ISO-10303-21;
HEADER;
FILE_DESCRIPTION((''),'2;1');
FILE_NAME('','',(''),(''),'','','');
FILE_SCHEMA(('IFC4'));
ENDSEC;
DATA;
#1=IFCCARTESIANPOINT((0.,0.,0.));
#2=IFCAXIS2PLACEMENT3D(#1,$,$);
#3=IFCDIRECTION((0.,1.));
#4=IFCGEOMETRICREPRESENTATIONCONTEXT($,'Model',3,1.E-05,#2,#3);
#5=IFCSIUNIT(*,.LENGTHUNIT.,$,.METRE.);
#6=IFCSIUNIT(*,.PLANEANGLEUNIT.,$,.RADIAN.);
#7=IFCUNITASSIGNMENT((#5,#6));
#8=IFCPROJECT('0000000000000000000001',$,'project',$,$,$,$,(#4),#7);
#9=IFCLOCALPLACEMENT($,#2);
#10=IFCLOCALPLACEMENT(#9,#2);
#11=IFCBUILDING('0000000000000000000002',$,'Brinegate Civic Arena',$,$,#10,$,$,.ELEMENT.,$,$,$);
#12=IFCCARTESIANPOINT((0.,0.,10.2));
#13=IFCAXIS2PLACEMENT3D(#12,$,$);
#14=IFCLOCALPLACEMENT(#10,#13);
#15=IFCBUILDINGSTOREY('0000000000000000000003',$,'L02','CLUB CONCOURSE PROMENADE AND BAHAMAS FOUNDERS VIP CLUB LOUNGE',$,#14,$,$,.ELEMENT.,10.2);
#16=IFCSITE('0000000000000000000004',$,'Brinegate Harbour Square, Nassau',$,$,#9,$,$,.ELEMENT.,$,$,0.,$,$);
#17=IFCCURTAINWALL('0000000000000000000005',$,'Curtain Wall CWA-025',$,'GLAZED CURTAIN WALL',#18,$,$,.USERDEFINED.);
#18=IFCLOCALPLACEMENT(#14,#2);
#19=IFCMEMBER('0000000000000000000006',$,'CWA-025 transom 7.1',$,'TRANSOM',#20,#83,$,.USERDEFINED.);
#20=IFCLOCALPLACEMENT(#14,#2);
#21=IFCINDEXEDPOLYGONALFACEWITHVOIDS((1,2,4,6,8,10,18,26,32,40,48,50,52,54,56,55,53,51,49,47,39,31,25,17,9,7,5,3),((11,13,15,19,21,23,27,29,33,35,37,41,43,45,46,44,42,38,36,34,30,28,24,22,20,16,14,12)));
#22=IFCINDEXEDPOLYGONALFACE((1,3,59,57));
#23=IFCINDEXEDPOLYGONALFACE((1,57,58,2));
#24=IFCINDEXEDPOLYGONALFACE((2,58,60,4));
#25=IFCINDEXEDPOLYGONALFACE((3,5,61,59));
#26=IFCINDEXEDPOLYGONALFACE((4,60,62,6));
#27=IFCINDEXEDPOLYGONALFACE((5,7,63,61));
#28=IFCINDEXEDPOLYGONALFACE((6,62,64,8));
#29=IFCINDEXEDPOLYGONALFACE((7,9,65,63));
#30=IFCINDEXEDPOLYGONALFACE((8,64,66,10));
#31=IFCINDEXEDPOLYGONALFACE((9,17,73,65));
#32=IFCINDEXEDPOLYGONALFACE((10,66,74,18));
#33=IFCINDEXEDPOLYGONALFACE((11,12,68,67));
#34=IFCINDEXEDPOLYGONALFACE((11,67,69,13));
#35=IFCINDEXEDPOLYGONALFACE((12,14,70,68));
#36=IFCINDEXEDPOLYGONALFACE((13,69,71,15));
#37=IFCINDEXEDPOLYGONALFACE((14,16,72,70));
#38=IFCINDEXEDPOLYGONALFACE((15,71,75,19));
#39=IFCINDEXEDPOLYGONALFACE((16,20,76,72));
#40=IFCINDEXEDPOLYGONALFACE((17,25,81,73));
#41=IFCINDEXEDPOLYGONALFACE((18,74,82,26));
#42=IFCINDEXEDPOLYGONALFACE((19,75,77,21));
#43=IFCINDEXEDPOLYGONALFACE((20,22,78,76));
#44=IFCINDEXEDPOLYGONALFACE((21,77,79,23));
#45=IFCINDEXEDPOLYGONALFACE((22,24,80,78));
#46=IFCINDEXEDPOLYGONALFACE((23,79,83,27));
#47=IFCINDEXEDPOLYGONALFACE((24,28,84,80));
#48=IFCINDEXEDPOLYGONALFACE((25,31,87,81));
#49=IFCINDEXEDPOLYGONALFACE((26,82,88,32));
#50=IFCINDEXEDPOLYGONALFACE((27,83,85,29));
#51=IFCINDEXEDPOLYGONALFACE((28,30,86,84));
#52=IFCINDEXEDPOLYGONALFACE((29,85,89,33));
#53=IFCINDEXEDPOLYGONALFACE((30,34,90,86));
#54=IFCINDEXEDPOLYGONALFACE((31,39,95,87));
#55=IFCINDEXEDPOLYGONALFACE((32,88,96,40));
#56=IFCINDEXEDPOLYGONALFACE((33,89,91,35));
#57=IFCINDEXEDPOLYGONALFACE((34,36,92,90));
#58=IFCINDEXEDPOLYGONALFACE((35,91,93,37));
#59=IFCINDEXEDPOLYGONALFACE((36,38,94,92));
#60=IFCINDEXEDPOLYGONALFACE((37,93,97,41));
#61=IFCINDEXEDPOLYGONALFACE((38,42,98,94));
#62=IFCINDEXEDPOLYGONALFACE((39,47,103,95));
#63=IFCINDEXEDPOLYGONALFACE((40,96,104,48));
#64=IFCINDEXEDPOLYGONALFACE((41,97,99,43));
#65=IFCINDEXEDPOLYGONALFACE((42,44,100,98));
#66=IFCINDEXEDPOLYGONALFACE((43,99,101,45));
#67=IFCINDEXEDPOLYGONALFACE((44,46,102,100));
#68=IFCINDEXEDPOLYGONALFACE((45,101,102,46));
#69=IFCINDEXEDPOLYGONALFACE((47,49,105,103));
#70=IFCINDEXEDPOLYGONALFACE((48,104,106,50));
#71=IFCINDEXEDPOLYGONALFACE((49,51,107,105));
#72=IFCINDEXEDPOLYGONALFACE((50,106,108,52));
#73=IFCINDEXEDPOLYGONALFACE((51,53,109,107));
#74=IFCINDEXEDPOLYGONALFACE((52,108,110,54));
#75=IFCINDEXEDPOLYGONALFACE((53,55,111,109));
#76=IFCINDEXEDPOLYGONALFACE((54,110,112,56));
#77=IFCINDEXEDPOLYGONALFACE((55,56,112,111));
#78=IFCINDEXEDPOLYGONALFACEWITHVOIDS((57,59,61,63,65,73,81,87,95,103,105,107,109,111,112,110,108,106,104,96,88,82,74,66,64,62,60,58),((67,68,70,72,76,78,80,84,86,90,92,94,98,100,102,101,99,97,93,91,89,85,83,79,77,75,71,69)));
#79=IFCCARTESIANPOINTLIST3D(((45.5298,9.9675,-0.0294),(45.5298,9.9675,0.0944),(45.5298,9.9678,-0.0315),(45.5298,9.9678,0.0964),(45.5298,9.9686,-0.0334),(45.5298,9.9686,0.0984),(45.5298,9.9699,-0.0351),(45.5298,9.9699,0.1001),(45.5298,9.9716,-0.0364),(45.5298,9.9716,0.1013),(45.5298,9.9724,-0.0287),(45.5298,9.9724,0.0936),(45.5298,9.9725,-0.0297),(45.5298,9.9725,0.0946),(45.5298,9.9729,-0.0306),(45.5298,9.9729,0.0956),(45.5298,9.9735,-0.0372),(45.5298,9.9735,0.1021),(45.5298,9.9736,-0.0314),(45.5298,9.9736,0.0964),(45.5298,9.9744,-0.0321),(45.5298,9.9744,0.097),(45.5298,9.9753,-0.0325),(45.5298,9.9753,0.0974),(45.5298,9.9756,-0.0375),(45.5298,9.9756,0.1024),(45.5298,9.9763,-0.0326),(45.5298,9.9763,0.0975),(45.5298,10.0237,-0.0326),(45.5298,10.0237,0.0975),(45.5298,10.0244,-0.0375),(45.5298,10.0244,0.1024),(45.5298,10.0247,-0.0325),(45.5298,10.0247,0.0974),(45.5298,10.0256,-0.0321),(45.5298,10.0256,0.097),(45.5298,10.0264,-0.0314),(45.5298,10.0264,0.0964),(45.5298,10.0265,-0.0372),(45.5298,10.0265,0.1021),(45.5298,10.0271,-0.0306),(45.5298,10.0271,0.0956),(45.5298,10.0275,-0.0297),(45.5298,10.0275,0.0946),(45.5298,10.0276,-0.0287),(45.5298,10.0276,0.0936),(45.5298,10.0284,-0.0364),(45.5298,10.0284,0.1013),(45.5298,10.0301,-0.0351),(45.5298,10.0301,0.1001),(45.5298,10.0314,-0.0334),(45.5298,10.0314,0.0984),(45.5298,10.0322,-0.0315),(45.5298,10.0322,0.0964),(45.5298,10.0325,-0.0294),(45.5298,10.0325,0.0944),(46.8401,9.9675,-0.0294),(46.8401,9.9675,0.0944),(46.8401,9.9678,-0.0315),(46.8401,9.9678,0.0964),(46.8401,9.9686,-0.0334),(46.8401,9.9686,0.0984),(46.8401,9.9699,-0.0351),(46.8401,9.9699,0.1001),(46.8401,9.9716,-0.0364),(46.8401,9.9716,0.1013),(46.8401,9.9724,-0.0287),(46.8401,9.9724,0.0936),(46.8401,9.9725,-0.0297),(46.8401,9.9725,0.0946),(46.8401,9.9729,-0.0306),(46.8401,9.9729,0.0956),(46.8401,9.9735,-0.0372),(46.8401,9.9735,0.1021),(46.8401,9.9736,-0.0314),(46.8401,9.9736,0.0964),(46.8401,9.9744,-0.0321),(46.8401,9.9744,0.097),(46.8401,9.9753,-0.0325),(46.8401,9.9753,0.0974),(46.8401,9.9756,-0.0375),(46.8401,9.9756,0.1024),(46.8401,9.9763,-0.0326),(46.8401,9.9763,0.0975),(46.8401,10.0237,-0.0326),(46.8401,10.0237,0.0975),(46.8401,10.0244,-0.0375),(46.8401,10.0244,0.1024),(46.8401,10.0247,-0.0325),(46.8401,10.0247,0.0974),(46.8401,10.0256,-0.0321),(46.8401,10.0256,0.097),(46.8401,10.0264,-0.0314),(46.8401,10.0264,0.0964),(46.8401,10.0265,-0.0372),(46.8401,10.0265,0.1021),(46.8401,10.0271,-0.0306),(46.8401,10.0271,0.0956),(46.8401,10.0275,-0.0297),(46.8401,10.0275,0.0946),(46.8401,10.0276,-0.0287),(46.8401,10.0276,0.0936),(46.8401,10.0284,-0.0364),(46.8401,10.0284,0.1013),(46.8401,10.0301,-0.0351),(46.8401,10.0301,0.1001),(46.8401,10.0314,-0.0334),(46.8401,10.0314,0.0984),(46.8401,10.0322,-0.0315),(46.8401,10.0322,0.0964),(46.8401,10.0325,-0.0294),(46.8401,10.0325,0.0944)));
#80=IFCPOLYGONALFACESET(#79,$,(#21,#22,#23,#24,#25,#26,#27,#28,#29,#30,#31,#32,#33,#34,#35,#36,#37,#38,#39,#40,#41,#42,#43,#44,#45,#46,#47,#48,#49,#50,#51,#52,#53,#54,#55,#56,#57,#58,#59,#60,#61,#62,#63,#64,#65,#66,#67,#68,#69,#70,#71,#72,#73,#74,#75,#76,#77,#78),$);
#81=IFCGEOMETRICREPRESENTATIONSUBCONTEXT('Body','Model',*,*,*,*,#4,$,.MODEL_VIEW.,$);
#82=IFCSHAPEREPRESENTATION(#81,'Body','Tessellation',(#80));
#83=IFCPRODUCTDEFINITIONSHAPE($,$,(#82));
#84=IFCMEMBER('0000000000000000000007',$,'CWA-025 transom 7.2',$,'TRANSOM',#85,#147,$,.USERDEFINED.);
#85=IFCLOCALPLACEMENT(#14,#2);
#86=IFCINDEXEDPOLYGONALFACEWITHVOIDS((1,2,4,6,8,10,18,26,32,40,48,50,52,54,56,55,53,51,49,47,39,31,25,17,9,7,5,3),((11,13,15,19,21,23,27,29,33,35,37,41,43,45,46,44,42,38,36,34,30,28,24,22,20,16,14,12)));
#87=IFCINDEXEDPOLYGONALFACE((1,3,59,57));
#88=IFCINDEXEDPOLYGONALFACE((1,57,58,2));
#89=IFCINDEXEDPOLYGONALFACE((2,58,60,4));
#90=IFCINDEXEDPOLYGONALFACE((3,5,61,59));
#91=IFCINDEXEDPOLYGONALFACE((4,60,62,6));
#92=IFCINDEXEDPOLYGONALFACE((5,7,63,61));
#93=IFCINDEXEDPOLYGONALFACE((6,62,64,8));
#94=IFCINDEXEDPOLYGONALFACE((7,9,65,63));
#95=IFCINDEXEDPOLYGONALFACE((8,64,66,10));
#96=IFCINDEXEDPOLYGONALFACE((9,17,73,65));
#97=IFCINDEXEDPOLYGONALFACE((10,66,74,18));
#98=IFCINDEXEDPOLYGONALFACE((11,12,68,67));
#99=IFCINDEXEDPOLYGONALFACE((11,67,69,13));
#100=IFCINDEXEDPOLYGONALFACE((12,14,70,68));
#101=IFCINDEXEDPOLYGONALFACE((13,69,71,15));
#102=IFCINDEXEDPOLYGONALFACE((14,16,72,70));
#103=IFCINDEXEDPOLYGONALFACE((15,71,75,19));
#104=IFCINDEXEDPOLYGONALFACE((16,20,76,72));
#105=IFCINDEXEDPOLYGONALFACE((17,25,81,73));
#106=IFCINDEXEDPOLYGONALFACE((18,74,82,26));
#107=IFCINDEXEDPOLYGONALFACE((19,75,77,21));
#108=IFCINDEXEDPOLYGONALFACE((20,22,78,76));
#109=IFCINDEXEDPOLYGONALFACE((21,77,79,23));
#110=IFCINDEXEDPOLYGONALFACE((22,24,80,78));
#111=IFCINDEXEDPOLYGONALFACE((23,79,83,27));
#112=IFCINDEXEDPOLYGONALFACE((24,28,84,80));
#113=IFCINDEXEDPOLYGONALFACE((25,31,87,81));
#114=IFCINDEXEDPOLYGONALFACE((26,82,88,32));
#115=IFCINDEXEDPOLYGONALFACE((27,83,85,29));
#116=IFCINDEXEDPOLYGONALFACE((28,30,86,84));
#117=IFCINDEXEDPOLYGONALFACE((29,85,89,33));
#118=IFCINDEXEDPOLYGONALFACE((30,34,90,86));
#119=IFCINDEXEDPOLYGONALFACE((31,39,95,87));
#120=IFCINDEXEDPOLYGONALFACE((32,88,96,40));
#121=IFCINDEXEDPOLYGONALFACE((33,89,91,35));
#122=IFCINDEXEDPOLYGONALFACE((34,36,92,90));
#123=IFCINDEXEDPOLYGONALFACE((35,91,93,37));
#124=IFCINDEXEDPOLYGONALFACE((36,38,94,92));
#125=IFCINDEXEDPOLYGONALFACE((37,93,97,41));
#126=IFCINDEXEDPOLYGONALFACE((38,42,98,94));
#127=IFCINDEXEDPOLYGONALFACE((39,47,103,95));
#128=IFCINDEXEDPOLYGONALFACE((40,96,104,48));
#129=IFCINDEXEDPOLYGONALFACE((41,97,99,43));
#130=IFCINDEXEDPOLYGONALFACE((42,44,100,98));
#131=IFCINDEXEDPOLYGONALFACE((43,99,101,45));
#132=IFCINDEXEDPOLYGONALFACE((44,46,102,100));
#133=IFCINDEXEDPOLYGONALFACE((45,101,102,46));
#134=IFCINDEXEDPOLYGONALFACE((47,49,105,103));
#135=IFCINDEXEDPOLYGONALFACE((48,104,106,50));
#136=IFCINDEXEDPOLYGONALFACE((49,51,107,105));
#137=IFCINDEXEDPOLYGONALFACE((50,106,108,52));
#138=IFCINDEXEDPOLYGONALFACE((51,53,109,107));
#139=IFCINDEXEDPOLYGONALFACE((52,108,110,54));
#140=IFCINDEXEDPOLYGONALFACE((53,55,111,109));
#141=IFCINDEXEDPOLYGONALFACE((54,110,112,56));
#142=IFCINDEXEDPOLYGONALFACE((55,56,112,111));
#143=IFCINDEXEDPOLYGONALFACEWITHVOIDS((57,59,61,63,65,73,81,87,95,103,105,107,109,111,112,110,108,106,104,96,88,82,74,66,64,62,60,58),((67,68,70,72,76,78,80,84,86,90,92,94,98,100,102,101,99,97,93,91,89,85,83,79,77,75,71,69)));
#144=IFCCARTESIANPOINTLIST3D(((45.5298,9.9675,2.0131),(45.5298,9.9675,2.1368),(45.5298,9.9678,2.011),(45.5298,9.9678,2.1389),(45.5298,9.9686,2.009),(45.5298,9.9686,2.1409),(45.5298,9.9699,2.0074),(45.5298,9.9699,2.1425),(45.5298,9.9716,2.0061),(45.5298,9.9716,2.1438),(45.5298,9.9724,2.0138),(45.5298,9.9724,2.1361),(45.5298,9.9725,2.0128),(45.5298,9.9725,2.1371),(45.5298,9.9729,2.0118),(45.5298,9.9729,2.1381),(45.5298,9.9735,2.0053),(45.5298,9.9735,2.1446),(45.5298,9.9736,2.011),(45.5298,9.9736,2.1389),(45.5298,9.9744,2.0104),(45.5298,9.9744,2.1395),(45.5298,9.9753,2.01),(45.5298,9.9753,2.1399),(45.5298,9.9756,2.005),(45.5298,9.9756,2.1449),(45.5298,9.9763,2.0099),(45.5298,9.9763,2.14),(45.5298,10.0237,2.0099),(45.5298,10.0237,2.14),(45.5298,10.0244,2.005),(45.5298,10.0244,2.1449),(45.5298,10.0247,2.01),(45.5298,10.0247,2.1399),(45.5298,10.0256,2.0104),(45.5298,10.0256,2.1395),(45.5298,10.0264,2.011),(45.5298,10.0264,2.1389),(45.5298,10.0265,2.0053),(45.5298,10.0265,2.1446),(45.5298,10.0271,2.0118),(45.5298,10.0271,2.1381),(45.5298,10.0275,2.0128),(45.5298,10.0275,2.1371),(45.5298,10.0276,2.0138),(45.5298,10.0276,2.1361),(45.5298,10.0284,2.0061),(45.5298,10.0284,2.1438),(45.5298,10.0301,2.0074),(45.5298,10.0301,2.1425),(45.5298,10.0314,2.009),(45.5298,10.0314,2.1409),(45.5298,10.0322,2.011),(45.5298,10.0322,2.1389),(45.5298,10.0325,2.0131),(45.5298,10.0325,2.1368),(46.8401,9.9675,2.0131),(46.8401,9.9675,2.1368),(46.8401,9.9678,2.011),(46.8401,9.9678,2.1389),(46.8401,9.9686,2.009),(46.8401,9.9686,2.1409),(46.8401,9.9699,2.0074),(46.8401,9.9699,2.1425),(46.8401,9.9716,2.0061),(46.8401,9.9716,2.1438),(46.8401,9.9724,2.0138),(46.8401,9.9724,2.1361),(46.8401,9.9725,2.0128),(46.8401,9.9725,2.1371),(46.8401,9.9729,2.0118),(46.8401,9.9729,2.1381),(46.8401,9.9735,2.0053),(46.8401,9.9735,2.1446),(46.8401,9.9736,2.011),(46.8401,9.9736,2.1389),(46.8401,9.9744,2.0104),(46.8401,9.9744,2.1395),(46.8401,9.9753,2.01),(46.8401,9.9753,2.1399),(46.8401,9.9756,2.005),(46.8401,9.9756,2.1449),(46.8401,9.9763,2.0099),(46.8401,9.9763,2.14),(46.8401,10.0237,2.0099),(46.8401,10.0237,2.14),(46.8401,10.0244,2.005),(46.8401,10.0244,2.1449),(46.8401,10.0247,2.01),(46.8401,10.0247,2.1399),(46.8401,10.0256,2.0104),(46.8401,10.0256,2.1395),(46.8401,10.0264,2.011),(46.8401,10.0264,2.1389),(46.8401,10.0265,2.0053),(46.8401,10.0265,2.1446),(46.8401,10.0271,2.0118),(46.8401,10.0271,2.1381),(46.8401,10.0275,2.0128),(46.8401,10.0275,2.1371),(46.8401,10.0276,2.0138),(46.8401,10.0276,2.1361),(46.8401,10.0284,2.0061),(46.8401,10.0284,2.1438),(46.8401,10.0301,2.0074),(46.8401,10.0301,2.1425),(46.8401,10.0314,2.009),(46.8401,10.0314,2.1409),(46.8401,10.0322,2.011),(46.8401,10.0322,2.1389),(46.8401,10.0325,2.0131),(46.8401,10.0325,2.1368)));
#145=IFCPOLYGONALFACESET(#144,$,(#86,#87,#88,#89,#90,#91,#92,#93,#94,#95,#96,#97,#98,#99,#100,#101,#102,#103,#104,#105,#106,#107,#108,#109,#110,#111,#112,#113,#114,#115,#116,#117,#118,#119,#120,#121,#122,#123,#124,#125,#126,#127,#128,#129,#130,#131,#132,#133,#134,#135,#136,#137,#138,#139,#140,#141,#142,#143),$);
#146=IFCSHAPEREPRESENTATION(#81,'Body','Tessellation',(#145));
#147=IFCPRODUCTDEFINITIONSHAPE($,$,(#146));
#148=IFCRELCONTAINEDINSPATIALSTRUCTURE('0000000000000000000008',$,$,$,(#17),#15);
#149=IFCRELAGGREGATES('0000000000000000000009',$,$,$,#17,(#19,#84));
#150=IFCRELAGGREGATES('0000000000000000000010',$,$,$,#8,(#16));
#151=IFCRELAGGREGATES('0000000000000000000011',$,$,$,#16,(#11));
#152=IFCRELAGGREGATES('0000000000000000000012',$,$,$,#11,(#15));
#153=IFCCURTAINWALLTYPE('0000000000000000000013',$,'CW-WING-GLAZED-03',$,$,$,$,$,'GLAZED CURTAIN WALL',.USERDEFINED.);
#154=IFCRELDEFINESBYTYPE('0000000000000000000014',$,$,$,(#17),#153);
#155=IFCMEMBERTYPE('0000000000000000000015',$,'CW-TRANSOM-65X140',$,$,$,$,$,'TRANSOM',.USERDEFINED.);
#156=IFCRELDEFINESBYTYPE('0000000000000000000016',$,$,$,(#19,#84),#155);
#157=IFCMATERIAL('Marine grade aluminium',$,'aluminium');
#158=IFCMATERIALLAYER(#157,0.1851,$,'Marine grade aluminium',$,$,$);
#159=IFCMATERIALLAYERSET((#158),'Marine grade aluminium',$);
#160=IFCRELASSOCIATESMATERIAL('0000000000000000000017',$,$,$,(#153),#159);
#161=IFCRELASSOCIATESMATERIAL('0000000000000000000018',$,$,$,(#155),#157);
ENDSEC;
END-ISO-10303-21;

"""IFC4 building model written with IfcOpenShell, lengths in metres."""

from ifc_helpers import new_model, si_unit, direction, frame, origin, origin_2d, place, context, subcontext, project, spatial, hollow_rectangle, extrude, material, layer, layer_set, material_profile, profile_set, type_object, element, aggregate, save


model = new_model("IFC4")

# Units and contexts
model_context = context("Model", 3, precision=1e-05, world=origin(), true_north=direction((0.0, 1.0)))
body_context = subcontext(model_context, "Body", "Model", "MODEL_VIEW")
ifc_project = project(units=[si_unit("LENGTHUNIT", "METRE"), si_unit("PLANEANGLEUNIT", "RADIAN")], contexts=[model_context])

# Site, building, storey
site_placement = place(None, origin())
site = spatial("IfcSite", under=ifc_project, at=site_placement, Name="Brinegate Harbour Square, Nassau", CompositionType="ELEMENT", RefElevation=0.0)
building_placement = place(site_placement, origin())
building = spatial("IfcBuilding", under=site, at=building_placement, Name="Brinegate Civic Arena", CompositionType="ELEMENT")
storey_placement = place(building_placement, frame((0.0, 0.0, 10.2)))
storey = spatial("IfcBuildingStorey", under=building, at=storey_placement, Name="L02", Description="CLUB CONCOURSE PROMENADE AND BAHAMAS FOUNDERS VIP CLUB LOUNGE", CompositionType="ELEMENT", Elevation=10.2)

# Curtain wall
ifc_material_1 = material(Name="Marine grade aluminium", Category="aluminium")
ifc_layer_1 = layer(ifc_material_1, 0.1851, Name="Marine grade aluminium")
ifc_layer_set_1 = layer_set([ifc_layer_1], Name="Marine grade aluminium")
curtain_wall_type_1 = type_object("IfcCurtainWallType", Name="CW-WING-GLAZED-03", ElementType="GLAZED CURTAIN WALL", PredefinedType="USERDEFINED", material=ifc_layer_set_1)
curtain_wall_1_placement = place(storey_placement, origin())
curtain_wall_1 = element("IfcCurtainWall", 1, at=curtain_wall_1_placement, inside=storey, type_object=curtain_wall_type_1, Name="Curtain Wall CWA-025", ObjectType="GLAZED CURTAIN WALL", PredefinedType="USERDEFINED")

# Members
ifc_material_profile_1 = material_profile(ifc_material_1, hollow_rectangle(XDim=0.0649, YDim=0.1399, WallThickness=0.0049, InnerFilletRadius=0.0039, OuterFilletRadius=0.0081, at=origin_2d()), Name="TRN65X140")
ifc_profile_set_1 = profile_set([ifc_material_profile_1], Name="Marine grade aluminium")
member_type_1 = type_object("IfcMemberType", Name="CW-TRANSOM-65X140", ElementType="TRANSOM", PredefinedType="USERDEFINED", material=ifc_profile_set_1)
member_1_placement = place(storey_placement, frame((45.5298, 10.0, 0.0325), z_axis=(1.0, 0.0, 0.0), x_axis=(0.0, 1.0, 0.0)))
member_1 = element("IfcMember", 2, at=member_1_placement, type_object=member_type_1, Name="CWA-025 transom 7.1", ObjectType="TRANSOM", PredefinedType="USERDEFINED", context=body_context, shape_type="SweptSolid", body=[
    extrude(hollow_rectangle(XDim=0.0649, YDim=0.1399, WallThickness=0.0049, InnerFilletRadius=0.0039, OuterFilletRadius=0.0081, at=origin_2d()), origin(), (0.0, 0.0, 1.0), 1.3103),
])
member_2_placement = place(storey_placement, frame((45.5298, 10.0, 2.075), z_axis=(1.0, 0.0, 0.0), x_axis=(0.0, 1.0, 0.0)))
member_2 = element("IfcMember", 3, at=member_2_placement, type_object=member_type_1, Name="CWA-025 transom 7.2", ObjectType="TRANSOM", PredefinedType="USERDEFINED", context=body_context, shape_type="SweptSolid", body=[
    extrude(hollow_rectangle(XDim=0.0649, YDim=0.1399, WallThickness=0.0049, InnerFilletRadius=0.0039, OuterFilletRadius=0.0081, at=origin_2d()), origin(), (0.0, 0.0, 1.0), 1.3103),
])

aggregate(curtain_wall_1, [member_1, member_2])

save(model, "model.ifc")
